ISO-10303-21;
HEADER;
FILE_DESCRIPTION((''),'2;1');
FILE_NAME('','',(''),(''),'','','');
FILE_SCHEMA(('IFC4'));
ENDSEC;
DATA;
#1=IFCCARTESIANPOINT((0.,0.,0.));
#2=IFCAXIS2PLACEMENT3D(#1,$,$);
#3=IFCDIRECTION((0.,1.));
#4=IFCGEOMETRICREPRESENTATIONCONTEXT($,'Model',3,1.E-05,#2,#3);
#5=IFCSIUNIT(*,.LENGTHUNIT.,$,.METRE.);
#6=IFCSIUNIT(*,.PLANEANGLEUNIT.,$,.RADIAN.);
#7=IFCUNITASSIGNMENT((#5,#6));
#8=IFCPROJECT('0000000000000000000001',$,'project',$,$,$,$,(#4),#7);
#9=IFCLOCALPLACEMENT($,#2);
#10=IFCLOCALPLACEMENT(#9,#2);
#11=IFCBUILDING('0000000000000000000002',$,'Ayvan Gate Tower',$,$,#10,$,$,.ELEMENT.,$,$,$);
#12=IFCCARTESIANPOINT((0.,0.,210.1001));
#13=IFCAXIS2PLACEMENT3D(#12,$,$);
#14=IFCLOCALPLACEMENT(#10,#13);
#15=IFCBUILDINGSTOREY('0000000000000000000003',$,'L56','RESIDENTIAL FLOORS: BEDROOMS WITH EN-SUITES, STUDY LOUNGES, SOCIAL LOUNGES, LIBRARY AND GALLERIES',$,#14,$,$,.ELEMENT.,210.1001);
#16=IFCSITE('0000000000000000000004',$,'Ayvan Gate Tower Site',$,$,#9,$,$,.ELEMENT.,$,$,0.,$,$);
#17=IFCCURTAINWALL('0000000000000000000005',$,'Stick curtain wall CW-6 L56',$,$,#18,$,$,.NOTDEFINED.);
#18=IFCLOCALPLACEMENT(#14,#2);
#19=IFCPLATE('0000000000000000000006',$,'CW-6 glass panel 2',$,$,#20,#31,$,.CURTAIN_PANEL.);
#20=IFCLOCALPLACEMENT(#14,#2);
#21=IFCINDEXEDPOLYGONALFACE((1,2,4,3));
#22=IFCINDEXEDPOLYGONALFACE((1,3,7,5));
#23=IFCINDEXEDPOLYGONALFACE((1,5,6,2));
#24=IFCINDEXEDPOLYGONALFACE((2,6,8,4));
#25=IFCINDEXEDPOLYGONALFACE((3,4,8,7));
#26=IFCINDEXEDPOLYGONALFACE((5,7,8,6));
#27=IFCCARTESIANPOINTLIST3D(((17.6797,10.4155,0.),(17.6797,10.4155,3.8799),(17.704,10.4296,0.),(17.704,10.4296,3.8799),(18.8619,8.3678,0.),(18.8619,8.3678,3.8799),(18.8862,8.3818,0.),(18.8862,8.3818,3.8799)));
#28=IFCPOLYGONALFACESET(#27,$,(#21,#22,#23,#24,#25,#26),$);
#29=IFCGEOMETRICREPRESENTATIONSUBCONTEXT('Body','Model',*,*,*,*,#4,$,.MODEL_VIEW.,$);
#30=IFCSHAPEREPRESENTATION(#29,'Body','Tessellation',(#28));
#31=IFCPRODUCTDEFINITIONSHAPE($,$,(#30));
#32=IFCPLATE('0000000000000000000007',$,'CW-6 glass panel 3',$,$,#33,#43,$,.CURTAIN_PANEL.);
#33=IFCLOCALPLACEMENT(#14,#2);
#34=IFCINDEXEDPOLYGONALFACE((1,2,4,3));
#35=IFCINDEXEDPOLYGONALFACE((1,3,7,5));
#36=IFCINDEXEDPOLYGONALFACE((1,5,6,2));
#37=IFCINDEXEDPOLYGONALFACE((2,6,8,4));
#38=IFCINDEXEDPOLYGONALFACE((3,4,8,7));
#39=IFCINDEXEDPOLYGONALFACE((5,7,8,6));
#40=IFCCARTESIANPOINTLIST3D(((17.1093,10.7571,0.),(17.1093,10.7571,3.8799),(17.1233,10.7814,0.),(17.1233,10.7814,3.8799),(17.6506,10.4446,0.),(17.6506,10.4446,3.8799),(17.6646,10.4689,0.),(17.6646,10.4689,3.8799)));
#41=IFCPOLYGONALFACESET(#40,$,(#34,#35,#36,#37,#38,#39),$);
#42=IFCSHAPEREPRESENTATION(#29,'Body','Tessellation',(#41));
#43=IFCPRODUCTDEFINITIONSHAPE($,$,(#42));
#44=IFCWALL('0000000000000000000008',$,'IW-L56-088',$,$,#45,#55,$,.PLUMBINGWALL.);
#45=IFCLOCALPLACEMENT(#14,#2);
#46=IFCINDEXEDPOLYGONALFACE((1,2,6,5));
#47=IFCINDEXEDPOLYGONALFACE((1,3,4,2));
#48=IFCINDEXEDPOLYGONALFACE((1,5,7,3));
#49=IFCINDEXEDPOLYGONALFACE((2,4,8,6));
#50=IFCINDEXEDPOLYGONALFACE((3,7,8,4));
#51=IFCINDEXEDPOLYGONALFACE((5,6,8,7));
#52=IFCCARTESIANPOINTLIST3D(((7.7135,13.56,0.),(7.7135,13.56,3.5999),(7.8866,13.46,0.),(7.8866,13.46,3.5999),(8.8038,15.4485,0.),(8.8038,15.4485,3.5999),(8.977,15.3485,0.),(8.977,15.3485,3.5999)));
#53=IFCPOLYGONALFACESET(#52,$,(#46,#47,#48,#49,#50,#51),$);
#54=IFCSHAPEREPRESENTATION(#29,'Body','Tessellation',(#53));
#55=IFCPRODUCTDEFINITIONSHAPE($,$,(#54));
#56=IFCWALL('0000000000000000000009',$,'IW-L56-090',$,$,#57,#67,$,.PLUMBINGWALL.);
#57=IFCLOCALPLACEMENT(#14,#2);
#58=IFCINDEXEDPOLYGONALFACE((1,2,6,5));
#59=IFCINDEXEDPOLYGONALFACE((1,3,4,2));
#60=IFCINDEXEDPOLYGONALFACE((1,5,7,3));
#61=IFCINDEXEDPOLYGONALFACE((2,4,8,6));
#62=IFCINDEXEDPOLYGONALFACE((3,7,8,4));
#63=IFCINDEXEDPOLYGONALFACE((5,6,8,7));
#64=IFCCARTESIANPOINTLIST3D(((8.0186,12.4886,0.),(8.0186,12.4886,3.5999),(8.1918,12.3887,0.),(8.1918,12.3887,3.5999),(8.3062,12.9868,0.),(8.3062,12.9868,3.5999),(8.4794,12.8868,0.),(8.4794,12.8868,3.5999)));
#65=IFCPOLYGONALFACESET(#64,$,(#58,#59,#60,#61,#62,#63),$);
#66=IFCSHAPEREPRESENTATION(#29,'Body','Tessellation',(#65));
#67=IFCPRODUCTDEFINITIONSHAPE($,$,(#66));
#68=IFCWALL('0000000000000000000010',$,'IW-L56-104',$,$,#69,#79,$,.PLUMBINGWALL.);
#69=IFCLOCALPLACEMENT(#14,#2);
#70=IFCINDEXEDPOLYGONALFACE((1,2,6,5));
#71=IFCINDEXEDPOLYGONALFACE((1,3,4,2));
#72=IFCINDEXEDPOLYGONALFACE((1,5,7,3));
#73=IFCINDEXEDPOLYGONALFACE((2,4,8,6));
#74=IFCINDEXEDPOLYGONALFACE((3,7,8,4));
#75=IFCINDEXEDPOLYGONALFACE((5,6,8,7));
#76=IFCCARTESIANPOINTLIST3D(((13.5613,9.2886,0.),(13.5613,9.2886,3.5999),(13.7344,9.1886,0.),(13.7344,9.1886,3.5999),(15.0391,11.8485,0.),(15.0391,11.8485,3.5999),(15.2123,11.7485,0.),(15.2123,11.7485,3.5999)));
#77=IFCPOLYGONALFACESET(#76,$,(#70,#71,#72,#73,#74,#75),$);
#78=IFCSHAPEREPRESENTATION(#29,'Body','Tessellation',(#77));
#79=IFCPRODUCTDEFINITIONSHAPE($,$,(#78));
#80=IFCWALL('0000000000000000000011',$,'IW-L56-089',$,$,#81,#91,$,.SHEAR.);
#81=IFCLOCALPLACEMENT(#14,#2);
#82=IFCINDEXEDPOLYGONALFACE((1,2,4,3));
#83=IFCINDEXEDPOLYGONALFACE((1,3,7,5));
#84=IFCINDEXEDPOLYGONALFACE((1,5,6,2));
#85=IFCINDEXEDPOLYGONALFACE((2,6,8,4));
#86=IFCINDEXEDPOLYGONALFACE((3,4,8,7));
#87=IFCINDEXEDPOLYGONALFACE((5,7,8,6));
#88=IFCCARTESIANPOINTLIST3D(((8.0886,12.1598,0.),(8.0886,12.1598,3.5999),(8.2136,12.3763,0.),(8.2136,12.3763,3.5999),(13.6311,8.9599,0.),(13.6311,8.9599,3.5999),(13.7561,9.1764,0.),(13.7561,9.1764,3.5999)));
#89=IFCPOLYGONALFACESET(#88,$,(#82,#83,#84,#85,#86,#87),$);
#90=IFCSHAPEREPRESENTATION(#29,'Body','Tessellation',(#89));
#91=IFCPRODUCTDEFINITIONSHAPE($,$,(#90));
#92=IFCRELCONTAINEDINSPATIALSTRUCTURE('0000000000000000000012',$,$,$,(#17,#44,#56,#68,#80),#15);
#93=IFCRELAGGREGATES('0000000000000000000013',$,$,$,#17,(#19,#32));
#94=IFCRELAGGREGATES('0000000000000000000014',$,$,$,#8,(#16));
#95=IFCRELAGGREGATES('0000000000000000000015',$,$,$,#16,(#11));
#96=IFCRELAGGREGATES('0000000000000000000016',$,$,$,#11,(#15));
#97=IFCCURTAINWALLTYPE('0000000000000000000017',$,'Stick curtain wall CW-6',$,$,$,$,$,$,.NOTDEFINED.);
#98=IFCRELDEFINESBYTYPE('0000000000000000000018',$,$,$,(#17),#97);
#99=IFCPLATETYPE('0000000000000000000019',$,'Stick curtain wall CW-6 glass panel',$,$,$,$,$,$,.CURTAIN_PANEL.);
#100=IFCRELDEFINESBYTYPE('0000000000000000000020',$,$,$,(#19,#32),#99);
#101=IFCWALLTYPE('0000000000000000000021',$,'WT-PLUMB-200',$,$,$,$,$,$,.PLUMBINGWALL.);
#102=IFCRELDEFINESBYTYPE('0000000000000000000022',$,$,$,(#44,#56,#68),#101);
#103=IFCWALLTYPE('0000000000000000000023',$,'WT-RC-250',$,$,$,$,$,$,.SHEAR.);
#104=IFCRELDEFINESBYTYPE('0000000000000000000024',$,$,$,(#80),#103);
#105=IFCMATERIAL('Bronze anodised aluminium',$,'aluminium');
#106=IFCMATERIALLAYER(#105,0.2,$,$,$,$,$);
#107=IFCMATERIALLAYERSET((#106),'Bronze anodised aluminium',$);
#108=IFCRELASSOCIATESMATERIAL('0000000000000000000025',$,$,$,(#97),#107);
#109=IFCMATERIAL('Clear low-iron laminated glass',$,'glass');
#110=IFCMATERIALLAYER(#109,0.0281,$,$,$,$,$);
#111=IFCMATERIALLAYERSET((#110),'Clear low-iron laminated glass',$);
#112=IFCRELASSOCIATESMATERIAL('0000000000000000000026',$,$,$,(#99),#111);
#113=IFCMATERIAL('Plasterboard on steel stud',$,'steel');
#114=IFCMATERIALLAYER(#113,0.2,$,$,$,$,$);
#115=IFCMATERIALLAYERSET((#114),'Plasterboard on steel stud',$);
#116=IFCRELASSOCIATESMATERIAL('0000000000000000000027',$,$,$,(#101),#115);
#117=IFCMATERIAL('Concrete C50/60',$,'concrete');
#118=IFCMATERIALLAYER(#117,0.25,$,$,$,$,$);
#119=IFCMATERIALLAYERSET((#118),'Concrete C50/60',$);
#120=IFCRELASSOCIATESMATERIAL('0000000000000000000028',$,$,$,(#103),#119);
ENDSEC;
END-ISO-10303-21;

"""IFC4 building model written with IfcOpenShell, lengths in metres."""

from ifc_helpers import new_model, si_unit, direction, frame, frame_2d, origin, origin_2d, place, context, subcontext, project, spatial, rectangle, extrude, material, layer, layer_set, type_object, element, aggregate, save


model = new_model("IFC4")

# Units and contexts
model_context = context("Model", 3, precision=1e-05, world=origin(), true_north=direction((0.0, 1.0)))
body_context = subcontext(model_context, "Body", "Model", "MODEL_VIEW")
ifc_project = project(units=[si_unit("LENGTHUNIT", "METRE"), si_unit("PLANEANGLEUNIT", "RADIAN")], contexts=[model_context])

# Site, building, storey
site_placement = place(None, origin())
site = spatial("IfcSite", under=ifc_project, at=site_placement, Name="Ayvan Gate Tower Site", CompositionType="ELEMENT", RefElevation=0.0)
building_placement = place(site_placement, origin())
building = spatial("IfcBuilding", under=site, at=building_placement, Name="Ayvan Gate Tower", CompositionType="ELEMENT")
storey_placement = place(building_placement, frame((0.0, 0.0, 210.1001)))
storey = spatial("IfcBuildingStorey", under=building, at=storey_placement, Name="L56", Description="RESIDENTIAL FLOORS: BEDROOMS WITH EN-SUITES, STUDY LOUNGES, SOCIAL LOUNGES, LIBRARY AND GALLERIES", CompositionType="ELEMENT", Elevation=210.1001)

# Curtain wall
ifc_material_1 = material(Name="Bronze anodised aluminium", Category="aluminium")
ifc_layer_1 = layer(ifc_material_1, 0.2)
ifc_layer_set_1 = layer_set([ifc_layer_1], Name="Bronze anodised aluminium")
curtain_wall_type_1 = type_object("IfcCurtainWallType", Name="Stick curtain wall CW-6", PredefinedType="NOTDEFINED", material=ifc_layer_set_1)
curtain_wall_1_placement = place(storey_placement, origin())
curtain_wall_1 = element("IfcCurtainWall", 1, at=curtain_wall_1_placement, inside=storey, type_object=curtain_wall_type_1, Name="Stick curtain wall CW-6 L56", PredefinedType="NOTDEFINED")

# Plates
ifc_material_2 = material(Name="Clear low-iron laminated glass", Category="glass")
ifc_layer_2 = layer(ifc_material_2, 0.0281)
ifc_layer_set_2 = layer_set([ifc_layer_2], Name="Clear low-iron laminated glass")
plate_type_1 = type_object("IfcPlateType", Name="Stick curtain wall CW-6 glass panel", PredefinedType="CURTAIN_PANEL", material=ifc_layer_set_2)
plate_1_placement = place(storey_placement, frame((18.283, 9.3987, 0.0), z_axis=(0.0, 0.0, 1.0), x_axis=(-0.5, 0.866025, 0.0)))
plate_1 = element("IfcPlate", 2, at=plate_1_placement, type_object=plate_type_1, Name="CW-6 glass panel 2", PredefinedType="CURTAIN_PANEL", context=body_context, shape_type="SweptSolid", body=[
    extrude(rectangle(XDim=2.3645, YDim=0.0281, at=origin_2d()), origin(), (0.0, 0.0, 1.0), 3.8799),
])
plate_2_placement = place(storey_placement, frame((17.387, 10.613, 0.0), z_axis=(0.0, 0.0, 1.0), x_axis=(-0.866025, 0.5, 0.0)))
plate_2 = element("IfcPlate", 3, at=plate_2_placement, type_object=plate_type_1, Name="CW-6 glass panel 3", PredefinedType="CURTAIN_PANEL", context=body_context, shape_type="SweptSolid", body=[
    extrude(rectangle(XDim=0.625, YDim=0.0281, at=origin_2d()), origin(), (0.0, 0.0, 1.0), 3.8799),
])
aggregate(curtain_wall_1, [plate_1, plate_2])

# Walls
ifc_material_3 = material(Name="Plasterboard on steel stud", Category="steel")
ifc_layer_3 = layer(ifc_material_3, 0.2)
ifc_layer_set_3 = layer_set([ifc_layer_3], Name="Plasterboard on steel stud")
wall_type_1 = type_object("IfcWallType", Name="WT-PLUMB-200", PredefinedType="PLUMBINGWALL", material=ifc_layer_set_3)
wall_1_placement = place(storey_placement, frame((7.8, 13.51, 0.0), z_axis=(0.0, 0.0, 1.0), x_axis=(0.500016, 0.866016, 0.0)))
element("IfcWall", 4, at=wall_1_placement, inside=storey, type_object=wall_type_1, Name="IW-L56-088", PredefinedType="PLUMBINGWALL", context=body_context, shape_type="SweptSolid", body=[
    extrude(rectangle(XDim=2.1807, YDim=0.2, at=frame_2d((1.0903, 0.0))), origin(), (0.0, 0.0, 1.0), 3.5999),
])
wall_2_placement = place(storey_placement, frame((8.3928, 12.9368, 0.0), z_axis=(0.0, 0.0, 1.0), x_axis=(-0.500065, -0.865988, 0.0)))
element("IfcWall", 5, at=wall_2_placement, inside=storey, type_object=wall_type_1, Name="IW-L56-090", PredefinedType="PLUMBINGWALL", context=body_context, shape_type="SweptSolid", body=[
    extrude(rectangle(XDim=0.5752, YDim=0.2, at=frame_2d((0.2876, 0.0))), origin(), (0.0, 0.0, 1.0), 3.5999),
])
wall_3_placement = place(storey_placement, frame((15.1257, 11.7986, 0.0), z_axis=(0.0, 0.0, 1.0), x_axis=(-0.499968, -0.866044, 0.0)))
element("IfcWall", 6, at=wall_3_placement, inside=storey, type_object=wall_type_1, Name="IW-L56-104", PredefinedType="PLUMBINGWALL", context=body_context, shape_type="SweptSolid", body=[
    extrude(rectangle(XDim=2.9558, YDim=0.2, at=frame_2d((1.478, 0.0))), origin(), (0.0, 0.0, 1.0), 3.5999),
])
ifc_material_4 = material(Name="Concrete C50/60", Category="concrete")
ifc_layer_4 = layer(ifc_material_4, 0.25)
ifc_layer_set_4 = layer_set([ifc_layer_4], Name="Concrete C50/60")
wall_type_2 = type_object("IfcWallType", Name="WT-RC-250", PredefinedType="SHEAR", material=ifc_layer_set_4)
wall_4_placement = place(storey_placement, frame((8.1511, 12.2681, 0.0), z_axis=(0.0, 0.0, 1.0), x_axis=(0.866025, -0.5, 0.0)))
element("IfcWall", 7, at=wall_4_placement, inside=storey, type_object=wall_type_2, Name="IW-L56-089", PredefinedType="SHEAR", context=body_context, shape_type="SweptSolid", body=[
    extrude(rectangle(XDim=6.3999, YDim=0.25, at=frame_2d((3.2, 0.0))), origin(), (0.0, 0.0, 1.0), 3.5999),
])

save(model, "model.ifc")
